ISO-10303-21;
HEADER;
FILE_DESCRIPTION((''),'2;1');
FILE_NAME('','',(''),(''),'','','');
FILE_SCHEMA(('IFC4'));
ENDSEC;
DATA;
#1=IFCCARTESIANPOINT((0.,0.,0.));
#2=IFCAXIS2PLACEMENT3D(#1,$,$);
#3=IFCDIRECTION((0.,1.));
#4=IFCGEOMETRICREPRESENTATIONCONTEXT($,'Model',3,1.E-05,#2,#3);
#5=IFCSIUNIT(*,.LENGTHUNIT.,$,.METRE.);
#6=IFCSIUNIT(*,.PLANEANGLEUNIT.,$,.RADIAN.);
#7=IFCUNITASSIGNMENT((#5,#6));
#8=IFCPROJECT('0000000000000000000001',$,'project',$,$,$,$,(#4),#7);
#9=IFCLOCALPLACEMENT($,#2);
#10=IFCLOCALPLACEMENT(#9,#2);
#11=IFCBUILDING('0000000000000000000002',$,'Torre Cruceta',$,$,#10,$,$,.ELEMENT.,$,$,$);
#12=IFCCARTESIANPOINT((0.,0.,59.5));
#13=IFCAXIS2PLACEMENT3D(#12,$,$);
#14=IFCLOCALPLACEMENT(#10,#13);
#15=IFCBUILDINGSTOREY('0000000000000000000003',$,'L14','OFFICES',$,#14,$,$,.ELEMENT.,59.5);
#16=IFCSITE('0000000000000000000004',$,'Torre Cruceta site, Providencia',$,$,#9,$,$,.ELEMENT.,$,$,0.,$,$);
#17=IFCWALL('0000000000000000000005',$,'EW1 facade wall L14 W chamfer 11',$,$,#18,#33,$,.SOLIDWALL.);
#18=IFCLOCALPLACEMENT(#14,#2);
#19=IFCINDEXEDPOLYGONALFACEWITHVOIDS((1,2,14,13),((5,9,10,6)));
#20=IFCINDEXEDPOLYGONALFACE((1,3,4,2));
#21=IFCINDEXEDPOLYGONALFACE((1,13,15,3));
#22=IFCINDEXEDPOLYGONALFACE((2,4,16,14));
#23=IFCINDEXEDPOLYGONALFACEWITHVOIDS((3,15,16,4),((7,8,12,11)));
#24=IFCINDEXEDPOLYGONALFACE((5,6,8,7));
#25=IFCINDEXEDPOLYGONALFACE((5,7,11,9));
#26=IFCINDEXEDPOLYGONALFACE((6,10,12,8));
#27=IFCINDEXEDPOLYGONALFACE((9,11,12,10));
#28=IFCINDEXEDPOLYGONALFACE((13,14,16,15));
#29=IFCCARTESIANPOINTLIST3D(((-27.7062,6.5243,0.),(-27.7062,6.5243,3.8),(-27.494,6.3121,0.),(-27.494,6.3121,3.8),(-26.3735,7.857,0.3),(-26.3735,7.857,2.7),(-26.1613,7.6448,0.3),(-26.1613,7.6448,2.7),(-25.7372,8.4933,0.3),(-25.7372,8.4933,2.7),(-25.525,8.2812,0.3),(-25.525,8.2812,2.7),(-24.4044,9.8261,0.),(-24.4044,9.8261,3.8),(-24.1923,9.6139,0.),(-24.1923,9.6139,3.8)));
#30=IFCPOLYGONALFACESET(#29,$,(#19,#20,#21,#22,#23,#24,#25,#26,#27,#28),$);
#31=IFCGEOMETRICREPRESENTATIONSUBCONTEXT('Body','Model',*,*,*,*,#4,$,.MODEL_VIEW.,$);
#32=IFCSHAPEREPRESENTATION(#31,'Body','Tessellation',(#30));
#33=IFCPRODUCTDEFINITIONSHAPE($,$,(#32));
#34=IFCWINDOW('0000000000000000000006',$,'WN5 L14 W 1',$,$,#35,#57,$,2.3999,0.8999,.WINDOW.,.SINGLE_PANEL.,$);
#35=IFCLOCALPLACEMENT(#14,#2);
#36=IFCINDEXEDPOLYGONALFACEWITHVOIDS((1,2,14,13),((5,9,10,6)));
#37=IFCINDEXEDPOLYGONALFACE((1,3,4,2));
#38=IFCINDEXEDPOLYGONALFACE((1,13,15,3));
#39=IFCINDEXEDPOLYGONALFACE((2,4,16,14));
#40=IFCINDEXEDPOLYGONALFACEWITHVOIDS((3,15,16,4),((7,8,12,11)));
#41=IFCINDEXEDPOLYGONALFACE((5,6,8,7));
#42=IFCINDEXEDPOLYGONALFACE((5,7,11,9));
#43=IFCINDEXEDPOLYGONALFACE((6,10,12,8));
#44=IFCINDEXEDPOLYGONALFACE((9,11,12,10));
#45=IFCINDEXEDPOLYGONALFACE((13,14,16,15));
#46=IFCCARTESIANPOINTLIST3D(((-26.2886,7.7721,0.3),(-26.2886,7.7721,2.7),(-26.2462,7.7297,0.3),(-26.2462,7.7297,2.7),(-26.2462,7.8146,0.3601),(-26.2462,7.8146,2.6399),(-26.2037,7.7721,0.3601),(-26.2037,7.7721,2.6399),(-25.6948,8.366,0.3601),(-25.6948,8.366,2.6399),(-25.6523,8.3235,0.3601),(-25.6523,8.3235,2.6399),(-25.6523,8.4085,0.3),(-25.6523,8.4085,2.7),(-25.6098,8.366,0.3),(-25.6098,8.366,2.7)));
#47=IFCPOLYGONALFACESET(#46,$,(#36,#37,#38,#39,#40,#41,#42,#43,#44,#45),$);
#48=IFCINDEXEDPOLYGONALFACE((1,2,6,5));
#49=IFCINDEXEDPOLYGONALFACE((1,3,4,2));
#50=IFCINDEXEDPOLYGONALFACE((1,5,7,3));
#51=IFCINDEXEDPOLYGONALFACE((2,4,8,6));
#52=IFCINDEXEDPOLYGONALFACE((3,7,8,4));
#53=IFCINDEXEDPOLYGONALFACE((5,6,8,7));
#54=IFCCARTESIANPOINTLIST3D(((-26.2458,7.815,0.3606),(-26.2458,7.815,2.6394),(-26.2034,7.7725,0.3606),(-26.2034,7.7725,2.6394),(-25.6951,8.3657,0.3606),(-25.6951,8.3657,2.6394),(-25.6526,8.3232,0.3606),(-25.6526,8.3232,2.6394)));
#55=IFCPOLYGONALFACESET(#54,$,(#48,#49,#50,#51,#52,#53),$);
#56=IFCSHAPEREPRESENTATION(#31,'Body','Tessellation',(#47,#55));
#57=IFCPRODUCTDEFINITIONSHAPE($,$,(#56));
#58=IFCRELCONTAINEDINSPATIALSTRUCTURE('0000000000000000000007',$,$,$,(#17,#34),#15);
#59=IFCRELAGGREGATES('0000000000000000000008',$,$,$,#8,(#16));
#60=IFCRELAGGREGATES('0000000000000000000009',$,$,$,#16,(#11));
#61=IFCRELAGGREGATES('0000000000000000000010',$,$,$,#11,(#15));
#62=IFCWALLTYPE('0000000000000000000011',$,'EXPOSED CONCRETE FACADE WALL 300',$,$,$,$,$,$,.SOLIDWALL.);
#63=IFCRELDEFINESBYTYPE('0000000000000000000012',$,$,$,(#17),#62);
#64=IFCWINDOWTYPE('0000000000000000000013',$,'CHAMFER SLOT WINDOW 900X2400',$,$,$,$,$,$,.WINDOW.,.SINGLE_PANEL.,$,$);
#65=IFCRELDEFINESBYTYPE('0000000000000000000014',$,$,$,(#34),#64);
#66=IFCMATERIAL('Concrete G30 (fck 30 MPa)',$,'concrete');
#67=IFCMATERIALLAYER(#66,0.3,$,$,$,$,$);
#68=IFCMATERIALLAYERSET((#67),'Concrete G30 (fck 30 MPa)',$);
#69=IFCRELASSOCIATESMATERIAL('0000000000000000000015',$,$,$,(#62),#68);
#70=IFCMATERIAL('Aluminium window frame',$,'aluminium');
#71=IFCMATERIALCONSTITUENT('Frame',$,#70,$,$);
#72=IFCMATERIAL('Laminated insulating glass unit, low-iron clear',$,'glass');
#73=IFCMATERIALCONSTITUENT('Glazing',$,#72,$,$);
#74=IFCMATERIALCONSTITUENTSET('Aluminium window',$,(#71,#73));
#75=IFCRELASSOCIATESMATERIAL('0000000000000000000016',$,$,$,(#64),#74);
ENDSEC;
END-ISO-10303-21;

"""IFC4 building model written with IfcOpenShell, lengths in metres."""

from ifc_helpers import new_model, si_unit, direction, frame, frame_2d, origin, place, context, subcontext, project, spatial, rectangle, hollow_rectangle, extrude, material, layer, layer_set, constituent, constituent_set, type_object, element, fill, save


model = new_model("IFC4")

# Units and contexts
model_context = context("Model", 3, precision=1e-05, world=origin(), true_north=direction((0.0, 1.0)))
body_context = subcontext(model_context, "Body", "Model", "MODEL_VIEW")
ifc_project = project(units=[si_unit("LENGTHUNIT", "METRE"), si_unit("PLANEANGLEUNIT", "RADIAN")], contexts=[model_context])

# Site, building, storey
site_placement = place(None, origin())
site = spatial("IfcSite", under=ifc_project, at=site_placement, Name="Torre Cruceta site, Providencia", CompositionType="ELEMENT", RefElevation=0.0)
building_placement = place(site_placement, origin())
building = spatial("IfcBuilding", under=site, at=building_placement, Name="Torre Cruceta", CompositionType="ELEMENT")
storey_placement = place(building_placement, frame((0.0, 0.0, 59.5)))
storey = spatial("IfcBuildingStorey", under=building, at=storey_placement, Name="L14", Description="OFFICES", CompositionType="ELEMENT", Elevation=59.5)

# Wall, opening, window
ifc_material_1 = material(Name="Concrete G30 (fck 30 MPa)", Category="concrete")
ifc_layer_1 = layer(ifc_material_1, 0.3)
ifc_layer_set_1 = layer_set([ifc_layer_1], Name="Concrete G30 (fck 30 MPa)")
wall_type = type_object("IfcWallType", Name="EXPOSED CONCRETE FACADE WALL 300", PredefinedType="SOLIDWALL", material=ifc_layer_set_1)
wall_placement = place(storey_placement, frame((-24.2983, 9.72, 0.0), z_axis=(0.0, 0.0, 1.0), x_axis=(-0.707107, -0.707107, 0.0)))
wall = element("IfcWall", 1, at=wall_placement, inside=storey, type_object=wall_type, Name="EW1 facade wall L14 W chamfer 11", PredefinedType="SOLIDWALL", context=body_context, shape_type="SweptSolid", body=[
    extrude(rectangle(XDim=4.6694, YDim=0.3, at=frame_2d((2.3347, 0.0))), origin(), (0.0, 0.0, 1.0), 3.8),
])
opening_placement = place(wall_placement, frame((1.8848, 0.0, 0.3)))
opening = element("IfcOpeningElement", 2, at=opening_placement, cuts=wall, PredefinedType="OPENING", context=body_context, shape_type="SweptSolid", body=[
    extrude(rectangle(XDim=0.8999, YDim=2.3999, at=frame_2d((0.45, 1.2))), frame((0.0, 0.1599, 0.0), z_axis=(0.0, -1.0, 0.0), x_axis=(1.0, 0.0, 0.0)), (0.0, 0.0, 1.0), 0.3201),
])
ifc_material_2 = material(Name="Aluminium window frame", Category="aluminium")
ifc_constituent_1 = constituent(ifc_material_2, Name="Frame")
ifc_material_3 = material(Name="Laminated insulating glass unit, low-iron clear", Category="glass")
ifc_constituent_2 = constituent(ifc_material_3, Name="Glazing")
ifc_constituent_set = constituent_set(constituents=[ifc_constituent_1, ifc_constituent_2], Name="Aluminium window")
window_type = type_object("IfcWindowType", Name="CHAMFER SLOT WINDOW 900X2400", PartitioningType="SINGLE_PANEL", PredefinedType="WINDOW", material=ifc_constituent_set)
window_placement = place(opening_placement, origin())
window = element("IfcWindow", 3, at=window_placement, inside=storey, type_object=window_type, Name="WN5 L14 W 1", OverallHeight=2.3999, OverallWidth=0.8999, PartitioningType="SINGLE_PANEL", PredefinedType="WINDOW", context=body_context, shape_type="SweptSolid", body=[
    extrude(hollow_rectangle(XDim=0.8999, YDim=2.3999, WallThickness=0.0601, at=frame_2d((0.45, 1.2))), frame((0.0, 0.03, 0.0), z_axis=(0.0, -1.0, 0.0), x_axis=(1.0, 0.0, 0.0)), (0.0, 0.0, 1.0), 0.0601),
    extrude(rectangle(XDim=0.7788, YDim=2.2788, at=frame_2d((0.45, 1.2))), frame((0.0, 0.03, 0.0), z_axis=(0.0, -1.0, 0.0), x_axis=(1.0, 0.0, 0.0)), (0.0, 0.0, 1.0), 0.0601),
])
fill(opening, window)

save(model, "model.ifc")
